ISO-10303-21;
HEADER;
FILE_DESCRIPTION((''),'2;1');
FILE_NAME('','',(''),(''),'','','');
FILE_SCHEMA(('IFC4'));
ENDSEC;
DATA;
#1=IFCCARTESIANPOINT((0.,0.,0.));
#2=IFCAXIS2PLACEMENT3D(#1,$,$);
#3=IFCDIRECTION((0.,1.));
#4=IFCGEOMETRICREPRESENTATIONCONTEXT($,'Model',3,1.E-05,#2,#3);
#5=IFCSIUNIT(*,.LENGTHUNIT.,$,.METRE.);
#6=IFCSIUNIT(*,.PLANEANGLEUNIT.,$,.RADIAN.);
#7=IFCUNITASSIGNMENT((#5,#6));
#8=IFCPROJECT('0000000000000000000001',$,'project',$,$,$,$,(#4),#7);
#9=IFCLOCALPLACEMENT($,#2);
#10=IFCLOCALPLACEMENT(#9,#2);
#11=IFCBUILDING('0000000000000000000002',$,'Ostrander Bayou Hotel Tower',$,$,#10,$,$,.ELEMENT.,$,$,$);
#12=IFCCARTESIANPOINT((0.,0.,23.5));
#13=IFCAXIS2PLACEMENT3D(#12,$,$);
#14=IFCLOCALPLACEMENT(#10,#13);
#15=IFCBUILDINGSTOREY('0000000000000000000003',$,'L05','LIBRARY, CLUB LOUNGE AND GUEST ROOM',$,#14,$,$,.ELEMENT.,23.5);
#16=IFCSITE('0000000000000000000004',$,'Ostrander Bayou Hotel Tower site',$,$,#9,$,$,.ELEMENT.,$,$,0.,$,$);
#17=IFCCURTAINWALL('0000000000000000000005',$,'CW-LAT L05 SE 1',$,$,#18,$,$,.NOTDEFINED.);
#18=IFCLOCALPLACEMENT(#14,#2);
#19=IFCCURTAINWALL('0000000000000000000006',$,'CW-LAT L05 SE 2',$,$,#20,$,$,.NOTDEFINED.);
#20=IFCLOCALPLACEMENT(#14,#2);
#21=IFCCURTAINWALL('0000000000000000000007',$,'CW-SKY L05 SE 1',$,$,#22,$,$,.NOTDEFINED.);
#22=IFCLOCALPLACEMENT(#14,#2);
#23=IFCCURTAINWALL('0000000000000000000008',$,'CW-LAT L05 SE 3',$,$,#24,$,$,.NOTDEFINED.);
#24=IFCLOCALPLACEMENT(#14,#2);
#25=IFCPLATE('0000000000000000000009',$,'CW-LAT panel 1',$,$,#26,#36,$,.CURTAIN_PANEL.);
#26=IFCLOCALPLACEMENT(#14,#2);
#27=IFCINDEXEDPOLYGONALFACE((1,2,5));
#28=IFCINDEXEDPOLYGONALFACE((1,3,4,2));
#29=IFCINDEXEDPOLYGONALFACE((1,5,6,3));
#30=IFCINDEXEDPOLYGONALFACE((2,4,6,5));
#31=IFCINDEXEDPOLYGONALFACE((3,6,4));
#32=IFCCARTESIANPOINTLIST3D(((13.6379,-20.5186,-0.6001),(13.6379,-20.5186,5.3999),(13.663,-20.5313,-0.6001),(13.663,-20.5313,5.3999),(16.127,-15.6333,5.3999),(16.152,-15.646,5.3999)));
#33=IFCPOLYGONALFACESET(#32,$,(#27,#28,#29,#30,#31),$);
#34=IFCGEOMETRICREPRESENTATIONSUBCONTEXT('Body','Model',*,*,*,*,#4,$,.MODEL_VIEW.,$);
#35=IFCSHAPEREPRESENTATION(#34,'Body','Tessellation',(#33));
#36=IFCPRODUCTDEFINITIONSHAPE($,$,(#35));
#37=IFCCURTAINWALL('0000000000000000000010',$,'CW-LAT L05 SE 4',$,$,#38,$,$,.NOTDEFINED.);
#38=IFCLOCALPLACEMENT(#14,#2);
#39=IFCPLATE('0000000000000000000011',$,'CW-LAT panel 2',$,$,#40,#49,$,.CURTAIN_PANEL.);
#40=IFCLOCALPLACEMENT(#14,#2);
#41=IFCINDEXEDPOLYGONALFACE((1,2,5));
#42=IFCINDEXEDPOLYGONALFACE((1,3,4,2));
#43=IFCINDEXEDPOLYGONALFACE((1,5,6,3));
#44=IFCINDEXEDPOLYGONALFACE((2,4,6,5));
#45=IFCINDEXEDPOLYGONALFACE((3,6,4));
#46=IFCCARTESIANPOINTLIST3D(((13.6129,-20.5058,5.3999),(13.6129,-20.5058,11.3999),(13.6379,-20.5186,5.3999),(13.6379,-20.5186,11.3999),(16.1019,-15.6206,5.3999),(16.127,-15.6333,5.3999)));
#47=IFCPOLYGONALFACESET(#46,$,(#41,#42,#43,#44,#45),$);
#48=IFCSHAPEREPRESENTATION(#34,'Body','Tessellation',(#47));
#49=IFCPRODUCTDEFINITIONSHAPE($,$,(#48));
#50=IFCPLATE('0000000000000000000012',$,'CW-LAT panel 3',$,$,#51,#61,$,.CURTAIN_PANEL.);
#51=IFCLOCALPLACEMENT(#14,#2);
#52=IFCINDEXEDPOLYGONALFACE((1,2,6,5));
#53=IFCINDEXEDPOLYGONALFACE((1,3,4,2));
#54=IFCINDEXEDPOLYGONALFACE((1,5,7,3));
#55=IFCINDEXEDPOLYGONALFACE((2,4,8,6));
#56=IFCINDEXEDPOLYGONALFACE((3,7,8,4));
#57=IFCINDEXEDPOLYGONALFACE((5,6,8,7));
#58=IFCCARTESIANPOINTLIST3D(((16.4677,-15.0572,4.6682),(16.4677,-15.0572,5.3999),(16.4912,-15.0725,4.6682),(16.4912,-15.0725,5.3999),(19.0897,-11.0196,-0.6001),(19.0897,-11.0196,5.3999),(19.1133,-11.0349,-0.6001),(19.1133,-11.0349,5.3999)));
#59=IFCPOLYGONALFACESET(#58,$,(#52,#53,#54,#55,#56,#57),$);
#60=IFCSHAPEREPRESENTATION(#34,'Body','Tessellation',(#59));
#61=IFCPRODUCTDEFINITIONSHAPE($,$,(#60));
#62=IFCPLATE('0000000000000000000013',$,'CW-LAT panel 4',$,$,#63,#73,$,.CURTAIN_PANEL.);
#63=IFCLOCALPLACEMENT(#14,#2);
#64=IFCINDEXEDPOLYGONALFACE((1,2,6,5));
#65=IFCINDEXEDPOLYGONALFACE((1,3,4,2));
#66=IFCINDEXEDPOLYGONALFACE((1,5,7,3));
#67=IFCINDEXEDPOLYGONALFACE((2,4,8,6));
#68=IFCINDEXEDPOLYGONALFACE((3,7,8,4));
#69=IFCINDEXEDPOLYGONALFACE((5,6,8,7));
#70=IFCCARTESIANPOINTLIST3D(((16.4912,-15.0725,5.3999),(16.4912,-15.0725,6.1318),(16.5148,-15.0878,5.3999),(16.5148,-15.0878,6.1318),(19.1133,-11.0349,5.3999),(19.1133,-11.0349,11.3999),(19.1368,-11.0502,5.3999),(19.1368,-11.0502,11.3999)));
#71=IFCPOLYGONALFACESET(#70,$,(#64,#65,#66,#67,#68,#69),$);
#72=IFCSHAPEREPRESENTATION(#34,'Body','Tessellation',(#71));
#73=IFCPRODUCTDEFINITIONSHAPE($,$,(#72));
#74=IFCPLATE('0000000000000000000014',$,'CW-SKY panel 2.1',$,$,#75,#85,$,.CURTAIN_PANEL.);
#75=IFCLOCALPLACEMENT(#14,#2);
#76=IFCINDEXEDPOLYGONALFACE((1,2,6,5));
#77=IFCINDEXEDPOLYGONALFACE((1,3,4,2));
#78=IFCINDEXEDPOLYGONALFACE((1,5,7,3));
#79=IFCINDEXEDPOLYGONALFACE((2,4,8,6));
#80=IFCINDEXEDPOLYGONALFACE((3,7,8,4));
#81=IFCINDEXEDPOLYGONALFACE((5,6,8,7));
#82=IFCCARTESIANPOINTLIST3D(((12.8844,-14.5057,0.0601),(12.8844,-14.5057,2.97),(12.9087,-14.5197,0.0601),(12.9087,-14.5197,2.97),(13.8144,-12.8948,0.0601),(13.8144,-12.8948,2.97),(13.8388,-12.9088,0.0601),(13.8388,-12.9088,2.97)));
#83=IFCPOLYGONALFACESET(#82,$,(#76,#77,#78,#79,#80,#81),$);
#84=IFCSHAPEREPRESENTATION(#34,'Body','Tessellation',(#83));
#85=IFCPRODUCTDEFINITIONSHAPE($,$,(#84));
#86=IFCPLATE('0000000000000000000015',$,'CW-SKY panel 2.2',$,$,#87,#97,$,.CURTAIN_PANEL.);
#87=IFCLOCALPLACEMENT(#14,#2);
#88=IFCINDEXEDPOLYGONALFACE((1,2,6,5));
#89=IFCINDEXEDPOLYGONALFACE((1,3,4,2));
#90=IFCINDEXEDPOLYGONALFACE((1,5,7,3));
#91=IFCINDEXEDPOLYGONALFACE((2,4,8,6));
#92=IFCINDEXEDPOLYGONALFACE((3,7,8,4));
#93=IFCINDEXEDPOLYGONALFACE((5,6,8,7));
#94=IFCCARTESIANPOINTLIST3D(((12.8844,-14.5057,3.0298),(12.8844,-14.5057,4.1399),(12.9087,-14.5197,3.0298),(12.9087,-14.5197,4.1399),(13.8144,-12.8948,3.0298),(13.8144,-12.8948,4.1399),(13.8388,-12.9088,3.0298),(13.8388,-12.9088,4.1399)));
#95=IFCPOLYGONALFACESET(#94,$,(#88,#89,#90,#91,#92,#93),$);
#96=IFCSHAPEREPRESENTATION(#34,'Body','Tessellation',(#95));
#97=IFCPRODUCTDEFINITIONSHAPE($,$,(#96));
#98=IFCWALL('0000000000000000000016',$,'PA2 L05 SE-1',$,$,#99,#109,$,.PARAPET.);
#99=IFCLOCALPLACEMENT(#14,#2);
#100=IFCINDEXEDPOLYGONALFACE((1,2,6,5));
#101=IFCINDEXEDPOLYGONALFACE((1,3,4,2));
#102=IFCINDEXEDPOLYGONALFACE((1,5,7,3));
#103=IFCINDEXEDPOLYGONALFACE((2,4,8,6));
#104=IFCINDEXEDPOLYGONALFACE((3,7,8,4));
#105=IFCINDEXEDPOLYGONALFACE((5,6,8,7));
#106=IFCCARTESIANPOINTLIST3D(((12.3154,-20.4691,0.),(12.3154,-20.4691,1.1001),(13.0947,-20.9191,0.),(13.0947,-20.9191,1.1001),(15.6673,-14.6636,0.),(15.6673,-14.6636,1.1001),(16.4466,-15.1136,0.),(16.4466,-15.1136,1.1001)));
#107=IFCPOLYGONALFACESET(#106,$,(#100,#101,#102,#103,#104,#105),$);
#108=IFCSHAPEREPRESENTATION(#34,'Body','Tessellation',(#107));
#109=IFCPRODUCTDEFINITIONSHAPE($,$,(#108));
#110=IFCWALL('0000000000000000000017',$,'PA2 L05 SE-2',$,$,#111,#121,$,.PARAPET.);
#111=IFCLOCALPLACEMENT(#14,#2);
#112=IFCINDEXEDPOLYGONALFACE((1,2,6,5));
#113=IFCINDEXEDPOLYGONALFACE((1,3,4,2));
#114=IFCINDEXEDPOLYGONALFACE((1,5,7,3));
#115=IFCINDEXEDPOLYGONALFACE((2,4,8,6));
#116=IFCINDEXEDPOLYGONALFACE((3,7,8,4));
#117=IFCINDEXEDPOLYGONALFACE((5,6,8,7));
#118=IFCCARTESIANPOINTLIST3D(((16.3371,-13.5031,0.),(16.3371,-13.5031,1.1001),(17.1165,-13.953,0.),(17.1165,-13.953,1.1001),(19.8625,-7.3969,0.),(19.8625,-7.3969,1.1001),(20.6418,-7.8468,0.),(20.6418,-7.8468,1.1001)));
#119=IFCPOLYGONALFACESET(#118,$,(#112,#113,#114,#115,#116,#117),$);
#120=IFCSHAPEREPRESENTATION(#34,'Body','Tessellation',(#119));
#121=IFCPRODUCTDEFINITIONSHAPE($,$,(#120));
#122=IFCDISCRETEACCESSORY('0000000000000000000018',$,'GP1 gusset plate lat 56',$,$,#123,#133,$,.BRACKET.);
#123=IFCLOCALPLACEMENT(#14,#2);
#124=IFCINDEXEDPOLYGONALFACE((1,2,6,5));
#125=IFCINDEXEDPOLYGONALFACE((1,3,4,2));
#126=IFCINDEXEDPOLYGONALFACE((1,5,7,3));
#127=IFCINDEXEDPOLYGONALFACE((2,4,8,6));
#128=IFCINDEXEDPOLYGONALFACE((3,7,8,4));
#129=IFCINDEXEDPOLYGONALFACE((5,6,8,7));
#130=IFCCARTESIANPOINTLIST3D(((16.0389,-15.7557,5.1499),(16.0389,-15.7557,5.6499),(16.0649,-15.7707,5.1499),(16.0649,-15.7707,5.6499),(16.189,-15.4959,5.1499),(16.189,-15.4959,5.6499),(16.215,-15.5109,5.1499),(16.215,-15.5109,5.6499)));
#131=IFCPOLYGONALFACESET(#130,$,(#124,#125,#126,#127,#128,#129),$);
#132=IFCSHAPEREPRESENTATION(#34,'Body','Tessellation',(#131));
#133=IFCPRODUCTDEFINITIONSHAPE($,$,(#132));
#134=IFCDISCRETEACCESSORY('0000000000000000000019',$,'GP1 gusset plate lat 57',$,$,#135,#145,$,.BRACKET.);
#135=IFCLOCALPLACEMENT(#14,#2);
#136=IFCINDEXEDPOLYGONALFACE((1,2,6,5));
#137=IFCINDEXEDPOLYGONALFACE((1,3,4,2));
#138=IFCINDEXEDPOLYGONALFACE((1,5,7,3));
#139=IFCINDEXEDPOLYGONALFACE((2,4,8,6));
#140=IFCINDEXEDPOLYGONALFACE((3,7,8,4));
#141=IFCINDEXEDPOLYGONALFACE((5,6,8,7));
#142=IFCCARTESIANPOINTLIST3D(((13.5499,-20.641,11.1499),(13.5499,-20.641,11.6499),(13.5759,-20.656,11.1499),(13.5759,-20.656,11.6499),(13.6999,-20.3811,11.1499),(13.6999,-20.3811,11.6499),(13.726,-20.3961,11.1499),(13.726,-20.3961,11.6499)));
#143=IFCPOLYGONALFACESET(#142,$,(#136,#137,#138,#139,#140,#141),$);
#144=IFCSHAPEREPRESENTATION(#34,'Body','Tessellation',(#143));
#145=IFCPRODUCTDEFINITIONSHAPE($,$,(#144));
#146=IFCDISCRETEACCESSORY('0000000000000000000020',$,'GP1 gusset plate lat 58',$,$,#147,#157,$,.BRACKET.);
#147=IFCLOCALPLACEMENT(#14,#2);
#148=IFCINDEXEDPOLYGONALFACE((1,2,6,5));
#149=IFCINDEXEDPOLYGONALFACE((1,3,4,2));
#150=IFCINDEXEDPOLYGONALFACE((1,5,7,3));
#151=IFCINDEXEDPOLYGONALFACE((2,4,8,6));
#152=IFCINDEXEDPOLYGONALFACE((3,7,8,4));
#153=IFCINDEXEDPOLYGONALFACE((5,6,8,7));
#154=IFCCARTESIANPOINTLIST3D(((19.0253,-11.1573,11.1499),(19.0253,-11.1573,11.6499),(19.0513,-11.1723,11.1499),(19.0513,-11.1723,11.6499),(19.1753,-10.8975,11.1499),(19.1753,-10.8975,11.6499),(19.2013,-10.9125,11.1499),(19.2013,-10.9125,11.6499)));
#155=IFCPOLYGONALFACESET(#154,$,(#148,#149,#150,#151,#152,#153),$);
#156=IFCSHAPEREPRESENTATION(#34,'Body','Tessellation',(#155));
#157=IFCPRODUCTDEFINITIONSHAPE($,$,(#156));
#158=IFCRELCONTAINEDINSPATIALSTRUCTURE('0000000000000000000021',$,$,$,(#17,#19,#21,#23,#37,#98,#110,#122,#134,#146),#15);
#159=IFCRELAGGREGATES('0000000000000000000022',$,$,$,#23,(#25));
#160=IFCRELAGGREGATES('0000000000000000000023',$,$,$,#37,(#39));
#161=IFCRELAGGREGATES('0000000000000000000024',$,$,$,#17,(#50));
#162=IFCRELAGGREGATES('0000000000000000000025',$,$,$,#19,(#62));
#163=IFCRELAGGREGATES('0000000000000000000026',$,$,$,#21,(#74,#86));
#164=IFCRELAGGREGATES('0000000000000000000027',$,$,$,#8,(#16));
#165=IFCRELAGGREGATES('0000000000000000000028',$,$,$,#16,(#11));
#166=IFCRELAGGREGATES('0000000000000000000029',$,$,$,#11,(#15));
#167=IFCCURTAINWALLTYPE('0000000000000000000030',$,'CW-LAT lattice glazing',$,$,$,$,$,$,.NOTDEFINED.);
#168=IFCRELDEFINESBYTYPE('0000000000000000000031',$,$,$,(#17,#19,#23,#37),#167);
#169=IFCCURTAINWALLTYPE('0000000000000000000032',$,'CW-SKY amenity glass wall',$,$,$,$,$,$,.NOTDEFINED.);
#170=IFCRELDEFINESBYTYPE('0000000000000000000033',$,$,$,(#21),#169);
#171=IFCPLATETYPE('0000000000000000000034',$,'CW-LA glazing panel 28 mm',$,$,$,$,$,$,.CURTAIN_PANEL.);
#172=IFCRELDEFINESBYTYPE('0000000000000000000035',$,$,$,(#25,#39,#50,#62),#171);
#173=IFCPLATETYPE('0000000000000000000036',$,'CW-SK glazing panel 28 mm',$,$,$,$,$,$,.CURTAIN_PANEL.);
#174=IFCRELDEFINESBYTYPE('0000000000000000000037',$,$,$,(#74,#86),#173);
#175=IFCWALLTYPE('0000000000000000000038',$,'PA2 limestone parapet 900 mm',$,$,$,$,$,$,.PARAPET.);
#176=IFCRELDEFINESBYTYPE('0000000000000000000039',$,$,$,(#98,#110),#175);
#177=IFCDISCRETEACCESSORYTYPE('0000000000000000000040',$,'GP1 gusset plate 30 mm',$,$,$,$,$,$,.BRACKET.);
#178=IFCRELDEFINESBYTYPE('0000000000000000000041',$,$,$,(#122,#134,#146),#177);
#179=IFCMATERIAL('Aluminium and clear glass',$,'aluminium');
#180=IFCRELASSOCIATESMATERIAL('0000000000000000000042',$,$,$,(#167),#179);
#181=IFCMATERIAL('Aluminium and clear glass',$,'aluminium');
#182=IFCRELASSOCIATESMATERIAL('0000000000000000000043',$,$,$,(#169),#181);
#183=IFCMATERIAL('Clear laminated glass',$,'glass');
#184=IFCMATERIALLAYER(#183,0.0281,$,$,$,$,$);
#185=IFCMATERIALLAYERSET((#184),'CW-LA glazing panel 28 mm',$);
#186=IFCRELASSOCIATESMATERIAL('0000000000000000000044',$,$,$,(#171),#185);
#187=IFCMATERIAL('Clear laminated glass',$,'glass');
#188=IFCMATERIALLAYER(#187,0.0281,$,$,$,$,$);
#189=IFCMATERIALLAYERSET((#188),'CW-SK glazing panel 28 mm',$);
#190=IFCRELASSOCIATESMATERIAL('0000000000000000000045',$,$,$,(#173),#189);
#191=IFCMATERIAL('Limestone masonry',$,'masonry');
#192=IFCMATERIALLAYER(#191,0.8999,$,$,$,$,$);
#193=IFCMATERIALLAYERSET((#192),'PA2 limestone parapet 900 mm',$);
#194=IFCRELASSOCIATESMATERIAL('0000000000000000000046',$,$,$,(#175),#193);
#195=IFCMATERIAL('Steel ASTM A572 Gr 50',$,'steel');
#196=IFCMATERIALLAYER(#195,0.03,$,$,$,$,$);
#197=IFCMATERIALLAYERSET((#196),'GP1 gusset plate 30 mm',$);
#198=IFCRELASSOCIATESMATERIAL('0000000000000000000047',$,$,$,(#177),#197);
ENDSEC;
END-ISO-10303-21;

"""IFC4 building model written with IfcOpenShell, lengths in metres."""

from ifc_helpers import new_model, si_unit, direction, frame, frame_2d, origin, origin_2d, place, context, subcontext, project, spatial, polyline, rectangle, outline, extrude, material, layer, layer_set, type_object, element, aggregate, save


model = new_model("IFC4")

# Units and contexts
model_context = context("Model", 3, precision=1e-05, world=origin(), true_north=direction((0.0, 1.0)))
body_context = subcontext(model_context, "Body", "Model", "MODEL_VIEW")
ifc_project = project(units=[si_unit("LENGTHUNIT", "METRE"), si_unit("PLANEANGLEUNIT", "RADIAN")], contexts=[model_context])

# Site, building, storey
site_placement = place(None, origin())
site = spatial("IfcSite", under=ifc_project, at=site_placement, Name="Ostrander Bayou Hotel Tower site", CompositionType="ELEMENT", RefElevation=0.0)
building_placement = place(site_placement, origin())
building = spatial("IfcBuilding", under=site, at=building_placement, Name="Ostrander Bayou Hotel Tower", CompositionType="ELEMENT")
storey_placement = place(building_placement, frame((0.0, 0.0, 23.5)))
storey = spatial("IfcBuildingStorey", under=building, at=storey_placement, Name="L05", Description="LIBRARY, CLUB LOUNGE AND GUEST ROOM", CompositionType="ELEMENT", Elevation=23.5)

# Curtain walls
ifc_material_1 = material(Name="Aluminium and clear glass", Category="aluminium")
curtain_wall_type_1 = type_object("IfcCurtainWallType", Name="CW-LAT lattice glazing", PredefinedType="NOTDEFINED", material=ifc_material_1)
curtain_wall_1_placement = place(storey_placement, origin())
curtain_wall_1 = element("IfcCurtainWall", 1, at=curtain_wall_1_placement, inside=storey, type_object=curtain_wall_type_1, Name="CW-LAT L05 SE 1", PredefinedType="NOTDEFINED")
curtain_wall_2_placement = place(storey_placement, origin())
curtain_wall_2 = element("IfcCurtainWall", 2, at=curtain_wall_2_placement, inside=storey, type_object=curtain_wall_type_1, Name="CW-LAT L05 SE 2", PredefinedType="NOTDEFINED")
ifc_material_2 = material(Name="Aluminium and clear glass", Category="aluminium")
curtain_wall_type_2 = type_object("IfcCurtainWallType", Name="CW-SKY amenity glass wall", PredefinedType="NOTDEFINED", material=ifc_material_2)
curtain_wall_3_placement = place(storey_placement, origin())
curtain_wall_3 = element("IfcCurtainWall", 3, at=curtain_wall_3_placement, inside=storey, type_object=curtain_wall_type_2, Name="CW-SKY L05 SE 1", PredefinedType="NOTDEFINED")

# Curtain walls, plates
curtain_wall_4_placement = place(storey_placement, origin())
curtain_wall_4 = element("IfcCurtainWall", 4, at=curtain_wall_4_placement, inside=storey, type_object=curtain_wall_type_1, Name="CW-LAT L05 SE 3", PredefinedType="NOTDEFINED")
ifc_material_3 = material(Name="Clear laminated glass", Category="glass")
ifc_layer_1 = layer(ifc_material_3, 0.0281)
ifc_layer_set_1 = layer_set([ifc_layer_1], Name="CW-LA glazing panel 28 mm")
plate_type_1 = type_object("IfcPlateType", Name="CW-LA glazing panel 28 mm", PredefinedType="CURTAIN_PANEL", material=ifc_layer_set_1)
plate_1_placement = place(storey_placement, frame((16.127, -15.6333, 5.3999), z_axis=(-0.891017, 0.453969, 0.0), x_axis=(-0.306235, -0.601056, -0.738208)))
plate_1 = element("IfcPlate", 5, at=plate_1_placement, type_object=plate_type_1, Name="CW-LAT panel 1", PredefinedType="CURTAIN_PANEL", context=body_context, shape_type="SweptSolid", body=[
    extrude(outline(polyline([(0.0, 0.0), (8.1278, 0.0), (3.6985, 4.0474), (0.0, 0.0)])), origin(), (0.0, 0.0, -1.0), 0.0281),
])
aggregate(curtain_wall_4, [plate_1])
curtain_wall_5_placement = place(storey_placement, origin())
curtain_wall_5 = element("IfcCurtainWall", 6, at=curtain_wall_5_placement, inside=storey, type_object=curtain_wall_type_1, Name="CW-LAT L05 SE 4", PredefinedType="NOTDEFINED")
plate_2_placement = place(storey_placement, frame((16.127, -15.6333, 5.3999), z_axis=(0.891017, -0.453969, 0.0), x_axis=(-0.306235, -0.601056, 0.738208)))
plate_2 = element("IfcPlate", 7, at=plate_2_placement, type_object=plate_type_1, Name="CW-LAT panel 2", PredefinedType="CURTAIN_PANEL", context=body_context, shape_type="SweptSolid", body=[
    extrude(outline(polyline([(0.0, 0.0), (8.1278, 0.0), (3.6985, 4.0474), (0.0, 0.0)])), origin(), (0.0, 0.0, -1.0), 0.0281),
])
aggregate(curtain_wall_5, [plate_2])

# Plates
plate_3_placement = place(storey_placement, frame((16.4912, -15.0725, 4.6682), z_axis=(0.838668, -0.544643, 0.0), x_axis=(0.367406, 0.565751, -0.738199)))
plate_3 = element("IfcPlate", 8, at=plate_3_placement, type_object=plate_type_1, Name="CW-LAT panel 3", PredefinedType="CURTAIN_PANEL", context=body_context, shape_type="SweptSolid", body=[
    extrude(outline(polyline([(0.0, 0.0), (7.1367, 0.0), (2.7075, 4.0475), (-0.5401, 0.4936), (0.0, 0.0)])), origin(), (0.0, 0.0, -1.0), 0.0281),
])
aggregate(curtain_wall_1, [plate_3])
plate_4_placement = place(storey_placement, frame((16.4912, -15.0725, 6.1318), z_axis=(-0.838668, 0.544643, 0.0), x_axis=(0.367416, 0.565765, 0.738184)))
plate_4 = element("IfcPlate", 9, at=plate_4_placement, type_object=plate_type_1, Name="CW-LAT panel 4", PredefinedType="CURTAIN_PANEL", context=body_context, shape_type="SweptSolid", body=[
    extrude(outline(polyline([(0.0, 0.0), (7.1365, 0.0), (2.7074, 4.0476), (-0.5403, 0.4938), (0.0, 0.0)])), origin(), (0.0, 0.0, -1.0), 0.0281),
])
aggregate(curtain_wall_2, [plate_4])
ifc_material_4 = material(Name="Clear laminated glass", Category="glass")
ifc_layer_2 = layer(ifc_material_4, 0.0281)
ifc_layer_set_2 = layer_set([ifc_layer_2], Name="CW-SK glazing panel 28 mm")
plate_type_2 = type_object("IfcPlateType", Name="CW-SK glazing panel 28 mm", PredefinedType="CURTAIN_PANEL", material=ifc_layer_set_2)
plate_5_placement = place(storey_placement, frame((13.3616, -13.7073, 0.0601), z_axis=(0.0, 0.0, 1.0), x_axis=(0.5, 0.866025, 0.0)))
plate_5 = element("IfcPlate", 10, at=plate_5_placement, type_object=plate_type_2, Name="CW-SKY panel 2.1", PredefinedType="CURTAIN_PANEL", context=body_context, shape_type="SweptSolid", body=[
    extrude(rectangle(XDim=1.8601, YDim=0.0281, at=origin_2d()), origin(), (0.0, 0.0, 1.0), 2.9099),
])
plate_6_placement = place(storey_placement, frame((13.3616, -13.7073, 3.0298), z_axis=(0.0, 0.0, 1.0), x_axis=(0.5, 0.866025, 0.0)))
plate_6 = element("IfcPlate", 11, at=plate_6_placement, type_object=plate_type_2, Name="CW-SKY panel 2.2", PredefinedType="CURTAIN_PANEL", context=body_context, shape_type="SweptSolid", body=[
    extrude(rectangle(XDim=1.8601, YDim=0.0281, at=origin_2d()), origin(), (0.0, 0.0, 1.0), 1.1101),
])
aggregate(curtain_wall_3, [plate_5, plate_6])

# Walls
ifc_material_5 = material(Name="Limestone masonry", Category="masonry")
ifc_layer_3 = layer(ifc_material_5, 0.8999)
ifc_layer_set_3 = layer_set([ifc_layer_3], Name="PA2 limestone parapet 900 mm")
wall_type_1 = type_object("IfcWallType", Name="PA2 limestone parapet 900 mm", PredefinedType="PARAPET", material=ifc_layer_set_3)
wall_1_placement = place(storey_placement, frame((12.7051, -20.6941, 0.0), z_axis=(0.0, 0.0, 1.0), x_axis=(0.500005, 0.866022, 0.0)))
element("IfcWall", 12, at=wall_1_placement, inside=storey, type_object=wall_type_1, Name="PA2 L05 SE-1", PredefinedType="PARAPET", context=body_context, shape_type="SweptSolid", body=[
    extrude(rectangle(XDim=6.7036, YDim=0.8999, at=frame_2d((3.3518, 0.0))), origin(), (0.0, 0.0, 1.0), 1.1001),
])
wall_2_placement = place(storey_placement, frame((16.7268, -13.728, 0.0), z_axis=(0.0, 0.0, 1.0), x_axis=(0.499997, 0.866027, 0.0)))
element("IfcWall", 13, at=wall_2_placement, inside=storey, type_object=wall_type_1, Name="PA2 L05 SE-2", PredefinedType="PARAPET", context=body_context, shape_type="SweptSolid", body=[
    extrude(rectangle(XDim=7.0508, YDim=0.8999, at=frame_2d((3.5254, 0.0))), origin(), (0.0, 0.0, 1.0), 1.1001),
])

# Discrete accessories
ifc_material_6 = material(Name="Steel ASTM A572 Gr 50", Category="steel")
ifc_layer_4 = layer(ifc_material_6, 0.03)
ifc_layer_set_4 = layer_set([ifc_layer_4], Name="GP1 gusset plate 30 mm")
discrete_accessory_type = type_object("IfcDiscreteAccessoryType", Name="GP1 gusset plate 30 mm", PredefinedType="BRACKET", material=ifc_layer_set_4)
for number, where, z_axis, x_axis, name in (
    (14, (16.127, -15.6333, 5.1499), (0.0, 0.0, 1.0), (0.5, 0.866025, 0.0), "GP1 gusset plate lat 56"),
    (15, (13.6379, -20.5186, 11.1499), (0.0, 0.0, 1.0), (0.5, 0.866025, 0.0), "GP1 gusset plate lat 57"),
    (16, (19.1133, -11.0349, 11.1499), (0.0, 0.0, 1.0), (0.5, 0.866025, 0.0), "GP1 gusset plate lat 58"),
):
    element("IfcDiscreteAccessory", number, at=place(storey_placement, frame(where, z_axis=z_axis, x_axis=x_axis)), inside=storey, type_object=discrete_accessory_type, Name=name, PredefinedType="BRACKET", context=body_context, shape_type="SweptSolid", body=[
        extrude(rectangle(XDim=0.3, YDim=0.03, at=origin_2d()), origin(), (0.0, 0.0, 1.0), 0.5),
    ])

save(model, "model.ifc")
